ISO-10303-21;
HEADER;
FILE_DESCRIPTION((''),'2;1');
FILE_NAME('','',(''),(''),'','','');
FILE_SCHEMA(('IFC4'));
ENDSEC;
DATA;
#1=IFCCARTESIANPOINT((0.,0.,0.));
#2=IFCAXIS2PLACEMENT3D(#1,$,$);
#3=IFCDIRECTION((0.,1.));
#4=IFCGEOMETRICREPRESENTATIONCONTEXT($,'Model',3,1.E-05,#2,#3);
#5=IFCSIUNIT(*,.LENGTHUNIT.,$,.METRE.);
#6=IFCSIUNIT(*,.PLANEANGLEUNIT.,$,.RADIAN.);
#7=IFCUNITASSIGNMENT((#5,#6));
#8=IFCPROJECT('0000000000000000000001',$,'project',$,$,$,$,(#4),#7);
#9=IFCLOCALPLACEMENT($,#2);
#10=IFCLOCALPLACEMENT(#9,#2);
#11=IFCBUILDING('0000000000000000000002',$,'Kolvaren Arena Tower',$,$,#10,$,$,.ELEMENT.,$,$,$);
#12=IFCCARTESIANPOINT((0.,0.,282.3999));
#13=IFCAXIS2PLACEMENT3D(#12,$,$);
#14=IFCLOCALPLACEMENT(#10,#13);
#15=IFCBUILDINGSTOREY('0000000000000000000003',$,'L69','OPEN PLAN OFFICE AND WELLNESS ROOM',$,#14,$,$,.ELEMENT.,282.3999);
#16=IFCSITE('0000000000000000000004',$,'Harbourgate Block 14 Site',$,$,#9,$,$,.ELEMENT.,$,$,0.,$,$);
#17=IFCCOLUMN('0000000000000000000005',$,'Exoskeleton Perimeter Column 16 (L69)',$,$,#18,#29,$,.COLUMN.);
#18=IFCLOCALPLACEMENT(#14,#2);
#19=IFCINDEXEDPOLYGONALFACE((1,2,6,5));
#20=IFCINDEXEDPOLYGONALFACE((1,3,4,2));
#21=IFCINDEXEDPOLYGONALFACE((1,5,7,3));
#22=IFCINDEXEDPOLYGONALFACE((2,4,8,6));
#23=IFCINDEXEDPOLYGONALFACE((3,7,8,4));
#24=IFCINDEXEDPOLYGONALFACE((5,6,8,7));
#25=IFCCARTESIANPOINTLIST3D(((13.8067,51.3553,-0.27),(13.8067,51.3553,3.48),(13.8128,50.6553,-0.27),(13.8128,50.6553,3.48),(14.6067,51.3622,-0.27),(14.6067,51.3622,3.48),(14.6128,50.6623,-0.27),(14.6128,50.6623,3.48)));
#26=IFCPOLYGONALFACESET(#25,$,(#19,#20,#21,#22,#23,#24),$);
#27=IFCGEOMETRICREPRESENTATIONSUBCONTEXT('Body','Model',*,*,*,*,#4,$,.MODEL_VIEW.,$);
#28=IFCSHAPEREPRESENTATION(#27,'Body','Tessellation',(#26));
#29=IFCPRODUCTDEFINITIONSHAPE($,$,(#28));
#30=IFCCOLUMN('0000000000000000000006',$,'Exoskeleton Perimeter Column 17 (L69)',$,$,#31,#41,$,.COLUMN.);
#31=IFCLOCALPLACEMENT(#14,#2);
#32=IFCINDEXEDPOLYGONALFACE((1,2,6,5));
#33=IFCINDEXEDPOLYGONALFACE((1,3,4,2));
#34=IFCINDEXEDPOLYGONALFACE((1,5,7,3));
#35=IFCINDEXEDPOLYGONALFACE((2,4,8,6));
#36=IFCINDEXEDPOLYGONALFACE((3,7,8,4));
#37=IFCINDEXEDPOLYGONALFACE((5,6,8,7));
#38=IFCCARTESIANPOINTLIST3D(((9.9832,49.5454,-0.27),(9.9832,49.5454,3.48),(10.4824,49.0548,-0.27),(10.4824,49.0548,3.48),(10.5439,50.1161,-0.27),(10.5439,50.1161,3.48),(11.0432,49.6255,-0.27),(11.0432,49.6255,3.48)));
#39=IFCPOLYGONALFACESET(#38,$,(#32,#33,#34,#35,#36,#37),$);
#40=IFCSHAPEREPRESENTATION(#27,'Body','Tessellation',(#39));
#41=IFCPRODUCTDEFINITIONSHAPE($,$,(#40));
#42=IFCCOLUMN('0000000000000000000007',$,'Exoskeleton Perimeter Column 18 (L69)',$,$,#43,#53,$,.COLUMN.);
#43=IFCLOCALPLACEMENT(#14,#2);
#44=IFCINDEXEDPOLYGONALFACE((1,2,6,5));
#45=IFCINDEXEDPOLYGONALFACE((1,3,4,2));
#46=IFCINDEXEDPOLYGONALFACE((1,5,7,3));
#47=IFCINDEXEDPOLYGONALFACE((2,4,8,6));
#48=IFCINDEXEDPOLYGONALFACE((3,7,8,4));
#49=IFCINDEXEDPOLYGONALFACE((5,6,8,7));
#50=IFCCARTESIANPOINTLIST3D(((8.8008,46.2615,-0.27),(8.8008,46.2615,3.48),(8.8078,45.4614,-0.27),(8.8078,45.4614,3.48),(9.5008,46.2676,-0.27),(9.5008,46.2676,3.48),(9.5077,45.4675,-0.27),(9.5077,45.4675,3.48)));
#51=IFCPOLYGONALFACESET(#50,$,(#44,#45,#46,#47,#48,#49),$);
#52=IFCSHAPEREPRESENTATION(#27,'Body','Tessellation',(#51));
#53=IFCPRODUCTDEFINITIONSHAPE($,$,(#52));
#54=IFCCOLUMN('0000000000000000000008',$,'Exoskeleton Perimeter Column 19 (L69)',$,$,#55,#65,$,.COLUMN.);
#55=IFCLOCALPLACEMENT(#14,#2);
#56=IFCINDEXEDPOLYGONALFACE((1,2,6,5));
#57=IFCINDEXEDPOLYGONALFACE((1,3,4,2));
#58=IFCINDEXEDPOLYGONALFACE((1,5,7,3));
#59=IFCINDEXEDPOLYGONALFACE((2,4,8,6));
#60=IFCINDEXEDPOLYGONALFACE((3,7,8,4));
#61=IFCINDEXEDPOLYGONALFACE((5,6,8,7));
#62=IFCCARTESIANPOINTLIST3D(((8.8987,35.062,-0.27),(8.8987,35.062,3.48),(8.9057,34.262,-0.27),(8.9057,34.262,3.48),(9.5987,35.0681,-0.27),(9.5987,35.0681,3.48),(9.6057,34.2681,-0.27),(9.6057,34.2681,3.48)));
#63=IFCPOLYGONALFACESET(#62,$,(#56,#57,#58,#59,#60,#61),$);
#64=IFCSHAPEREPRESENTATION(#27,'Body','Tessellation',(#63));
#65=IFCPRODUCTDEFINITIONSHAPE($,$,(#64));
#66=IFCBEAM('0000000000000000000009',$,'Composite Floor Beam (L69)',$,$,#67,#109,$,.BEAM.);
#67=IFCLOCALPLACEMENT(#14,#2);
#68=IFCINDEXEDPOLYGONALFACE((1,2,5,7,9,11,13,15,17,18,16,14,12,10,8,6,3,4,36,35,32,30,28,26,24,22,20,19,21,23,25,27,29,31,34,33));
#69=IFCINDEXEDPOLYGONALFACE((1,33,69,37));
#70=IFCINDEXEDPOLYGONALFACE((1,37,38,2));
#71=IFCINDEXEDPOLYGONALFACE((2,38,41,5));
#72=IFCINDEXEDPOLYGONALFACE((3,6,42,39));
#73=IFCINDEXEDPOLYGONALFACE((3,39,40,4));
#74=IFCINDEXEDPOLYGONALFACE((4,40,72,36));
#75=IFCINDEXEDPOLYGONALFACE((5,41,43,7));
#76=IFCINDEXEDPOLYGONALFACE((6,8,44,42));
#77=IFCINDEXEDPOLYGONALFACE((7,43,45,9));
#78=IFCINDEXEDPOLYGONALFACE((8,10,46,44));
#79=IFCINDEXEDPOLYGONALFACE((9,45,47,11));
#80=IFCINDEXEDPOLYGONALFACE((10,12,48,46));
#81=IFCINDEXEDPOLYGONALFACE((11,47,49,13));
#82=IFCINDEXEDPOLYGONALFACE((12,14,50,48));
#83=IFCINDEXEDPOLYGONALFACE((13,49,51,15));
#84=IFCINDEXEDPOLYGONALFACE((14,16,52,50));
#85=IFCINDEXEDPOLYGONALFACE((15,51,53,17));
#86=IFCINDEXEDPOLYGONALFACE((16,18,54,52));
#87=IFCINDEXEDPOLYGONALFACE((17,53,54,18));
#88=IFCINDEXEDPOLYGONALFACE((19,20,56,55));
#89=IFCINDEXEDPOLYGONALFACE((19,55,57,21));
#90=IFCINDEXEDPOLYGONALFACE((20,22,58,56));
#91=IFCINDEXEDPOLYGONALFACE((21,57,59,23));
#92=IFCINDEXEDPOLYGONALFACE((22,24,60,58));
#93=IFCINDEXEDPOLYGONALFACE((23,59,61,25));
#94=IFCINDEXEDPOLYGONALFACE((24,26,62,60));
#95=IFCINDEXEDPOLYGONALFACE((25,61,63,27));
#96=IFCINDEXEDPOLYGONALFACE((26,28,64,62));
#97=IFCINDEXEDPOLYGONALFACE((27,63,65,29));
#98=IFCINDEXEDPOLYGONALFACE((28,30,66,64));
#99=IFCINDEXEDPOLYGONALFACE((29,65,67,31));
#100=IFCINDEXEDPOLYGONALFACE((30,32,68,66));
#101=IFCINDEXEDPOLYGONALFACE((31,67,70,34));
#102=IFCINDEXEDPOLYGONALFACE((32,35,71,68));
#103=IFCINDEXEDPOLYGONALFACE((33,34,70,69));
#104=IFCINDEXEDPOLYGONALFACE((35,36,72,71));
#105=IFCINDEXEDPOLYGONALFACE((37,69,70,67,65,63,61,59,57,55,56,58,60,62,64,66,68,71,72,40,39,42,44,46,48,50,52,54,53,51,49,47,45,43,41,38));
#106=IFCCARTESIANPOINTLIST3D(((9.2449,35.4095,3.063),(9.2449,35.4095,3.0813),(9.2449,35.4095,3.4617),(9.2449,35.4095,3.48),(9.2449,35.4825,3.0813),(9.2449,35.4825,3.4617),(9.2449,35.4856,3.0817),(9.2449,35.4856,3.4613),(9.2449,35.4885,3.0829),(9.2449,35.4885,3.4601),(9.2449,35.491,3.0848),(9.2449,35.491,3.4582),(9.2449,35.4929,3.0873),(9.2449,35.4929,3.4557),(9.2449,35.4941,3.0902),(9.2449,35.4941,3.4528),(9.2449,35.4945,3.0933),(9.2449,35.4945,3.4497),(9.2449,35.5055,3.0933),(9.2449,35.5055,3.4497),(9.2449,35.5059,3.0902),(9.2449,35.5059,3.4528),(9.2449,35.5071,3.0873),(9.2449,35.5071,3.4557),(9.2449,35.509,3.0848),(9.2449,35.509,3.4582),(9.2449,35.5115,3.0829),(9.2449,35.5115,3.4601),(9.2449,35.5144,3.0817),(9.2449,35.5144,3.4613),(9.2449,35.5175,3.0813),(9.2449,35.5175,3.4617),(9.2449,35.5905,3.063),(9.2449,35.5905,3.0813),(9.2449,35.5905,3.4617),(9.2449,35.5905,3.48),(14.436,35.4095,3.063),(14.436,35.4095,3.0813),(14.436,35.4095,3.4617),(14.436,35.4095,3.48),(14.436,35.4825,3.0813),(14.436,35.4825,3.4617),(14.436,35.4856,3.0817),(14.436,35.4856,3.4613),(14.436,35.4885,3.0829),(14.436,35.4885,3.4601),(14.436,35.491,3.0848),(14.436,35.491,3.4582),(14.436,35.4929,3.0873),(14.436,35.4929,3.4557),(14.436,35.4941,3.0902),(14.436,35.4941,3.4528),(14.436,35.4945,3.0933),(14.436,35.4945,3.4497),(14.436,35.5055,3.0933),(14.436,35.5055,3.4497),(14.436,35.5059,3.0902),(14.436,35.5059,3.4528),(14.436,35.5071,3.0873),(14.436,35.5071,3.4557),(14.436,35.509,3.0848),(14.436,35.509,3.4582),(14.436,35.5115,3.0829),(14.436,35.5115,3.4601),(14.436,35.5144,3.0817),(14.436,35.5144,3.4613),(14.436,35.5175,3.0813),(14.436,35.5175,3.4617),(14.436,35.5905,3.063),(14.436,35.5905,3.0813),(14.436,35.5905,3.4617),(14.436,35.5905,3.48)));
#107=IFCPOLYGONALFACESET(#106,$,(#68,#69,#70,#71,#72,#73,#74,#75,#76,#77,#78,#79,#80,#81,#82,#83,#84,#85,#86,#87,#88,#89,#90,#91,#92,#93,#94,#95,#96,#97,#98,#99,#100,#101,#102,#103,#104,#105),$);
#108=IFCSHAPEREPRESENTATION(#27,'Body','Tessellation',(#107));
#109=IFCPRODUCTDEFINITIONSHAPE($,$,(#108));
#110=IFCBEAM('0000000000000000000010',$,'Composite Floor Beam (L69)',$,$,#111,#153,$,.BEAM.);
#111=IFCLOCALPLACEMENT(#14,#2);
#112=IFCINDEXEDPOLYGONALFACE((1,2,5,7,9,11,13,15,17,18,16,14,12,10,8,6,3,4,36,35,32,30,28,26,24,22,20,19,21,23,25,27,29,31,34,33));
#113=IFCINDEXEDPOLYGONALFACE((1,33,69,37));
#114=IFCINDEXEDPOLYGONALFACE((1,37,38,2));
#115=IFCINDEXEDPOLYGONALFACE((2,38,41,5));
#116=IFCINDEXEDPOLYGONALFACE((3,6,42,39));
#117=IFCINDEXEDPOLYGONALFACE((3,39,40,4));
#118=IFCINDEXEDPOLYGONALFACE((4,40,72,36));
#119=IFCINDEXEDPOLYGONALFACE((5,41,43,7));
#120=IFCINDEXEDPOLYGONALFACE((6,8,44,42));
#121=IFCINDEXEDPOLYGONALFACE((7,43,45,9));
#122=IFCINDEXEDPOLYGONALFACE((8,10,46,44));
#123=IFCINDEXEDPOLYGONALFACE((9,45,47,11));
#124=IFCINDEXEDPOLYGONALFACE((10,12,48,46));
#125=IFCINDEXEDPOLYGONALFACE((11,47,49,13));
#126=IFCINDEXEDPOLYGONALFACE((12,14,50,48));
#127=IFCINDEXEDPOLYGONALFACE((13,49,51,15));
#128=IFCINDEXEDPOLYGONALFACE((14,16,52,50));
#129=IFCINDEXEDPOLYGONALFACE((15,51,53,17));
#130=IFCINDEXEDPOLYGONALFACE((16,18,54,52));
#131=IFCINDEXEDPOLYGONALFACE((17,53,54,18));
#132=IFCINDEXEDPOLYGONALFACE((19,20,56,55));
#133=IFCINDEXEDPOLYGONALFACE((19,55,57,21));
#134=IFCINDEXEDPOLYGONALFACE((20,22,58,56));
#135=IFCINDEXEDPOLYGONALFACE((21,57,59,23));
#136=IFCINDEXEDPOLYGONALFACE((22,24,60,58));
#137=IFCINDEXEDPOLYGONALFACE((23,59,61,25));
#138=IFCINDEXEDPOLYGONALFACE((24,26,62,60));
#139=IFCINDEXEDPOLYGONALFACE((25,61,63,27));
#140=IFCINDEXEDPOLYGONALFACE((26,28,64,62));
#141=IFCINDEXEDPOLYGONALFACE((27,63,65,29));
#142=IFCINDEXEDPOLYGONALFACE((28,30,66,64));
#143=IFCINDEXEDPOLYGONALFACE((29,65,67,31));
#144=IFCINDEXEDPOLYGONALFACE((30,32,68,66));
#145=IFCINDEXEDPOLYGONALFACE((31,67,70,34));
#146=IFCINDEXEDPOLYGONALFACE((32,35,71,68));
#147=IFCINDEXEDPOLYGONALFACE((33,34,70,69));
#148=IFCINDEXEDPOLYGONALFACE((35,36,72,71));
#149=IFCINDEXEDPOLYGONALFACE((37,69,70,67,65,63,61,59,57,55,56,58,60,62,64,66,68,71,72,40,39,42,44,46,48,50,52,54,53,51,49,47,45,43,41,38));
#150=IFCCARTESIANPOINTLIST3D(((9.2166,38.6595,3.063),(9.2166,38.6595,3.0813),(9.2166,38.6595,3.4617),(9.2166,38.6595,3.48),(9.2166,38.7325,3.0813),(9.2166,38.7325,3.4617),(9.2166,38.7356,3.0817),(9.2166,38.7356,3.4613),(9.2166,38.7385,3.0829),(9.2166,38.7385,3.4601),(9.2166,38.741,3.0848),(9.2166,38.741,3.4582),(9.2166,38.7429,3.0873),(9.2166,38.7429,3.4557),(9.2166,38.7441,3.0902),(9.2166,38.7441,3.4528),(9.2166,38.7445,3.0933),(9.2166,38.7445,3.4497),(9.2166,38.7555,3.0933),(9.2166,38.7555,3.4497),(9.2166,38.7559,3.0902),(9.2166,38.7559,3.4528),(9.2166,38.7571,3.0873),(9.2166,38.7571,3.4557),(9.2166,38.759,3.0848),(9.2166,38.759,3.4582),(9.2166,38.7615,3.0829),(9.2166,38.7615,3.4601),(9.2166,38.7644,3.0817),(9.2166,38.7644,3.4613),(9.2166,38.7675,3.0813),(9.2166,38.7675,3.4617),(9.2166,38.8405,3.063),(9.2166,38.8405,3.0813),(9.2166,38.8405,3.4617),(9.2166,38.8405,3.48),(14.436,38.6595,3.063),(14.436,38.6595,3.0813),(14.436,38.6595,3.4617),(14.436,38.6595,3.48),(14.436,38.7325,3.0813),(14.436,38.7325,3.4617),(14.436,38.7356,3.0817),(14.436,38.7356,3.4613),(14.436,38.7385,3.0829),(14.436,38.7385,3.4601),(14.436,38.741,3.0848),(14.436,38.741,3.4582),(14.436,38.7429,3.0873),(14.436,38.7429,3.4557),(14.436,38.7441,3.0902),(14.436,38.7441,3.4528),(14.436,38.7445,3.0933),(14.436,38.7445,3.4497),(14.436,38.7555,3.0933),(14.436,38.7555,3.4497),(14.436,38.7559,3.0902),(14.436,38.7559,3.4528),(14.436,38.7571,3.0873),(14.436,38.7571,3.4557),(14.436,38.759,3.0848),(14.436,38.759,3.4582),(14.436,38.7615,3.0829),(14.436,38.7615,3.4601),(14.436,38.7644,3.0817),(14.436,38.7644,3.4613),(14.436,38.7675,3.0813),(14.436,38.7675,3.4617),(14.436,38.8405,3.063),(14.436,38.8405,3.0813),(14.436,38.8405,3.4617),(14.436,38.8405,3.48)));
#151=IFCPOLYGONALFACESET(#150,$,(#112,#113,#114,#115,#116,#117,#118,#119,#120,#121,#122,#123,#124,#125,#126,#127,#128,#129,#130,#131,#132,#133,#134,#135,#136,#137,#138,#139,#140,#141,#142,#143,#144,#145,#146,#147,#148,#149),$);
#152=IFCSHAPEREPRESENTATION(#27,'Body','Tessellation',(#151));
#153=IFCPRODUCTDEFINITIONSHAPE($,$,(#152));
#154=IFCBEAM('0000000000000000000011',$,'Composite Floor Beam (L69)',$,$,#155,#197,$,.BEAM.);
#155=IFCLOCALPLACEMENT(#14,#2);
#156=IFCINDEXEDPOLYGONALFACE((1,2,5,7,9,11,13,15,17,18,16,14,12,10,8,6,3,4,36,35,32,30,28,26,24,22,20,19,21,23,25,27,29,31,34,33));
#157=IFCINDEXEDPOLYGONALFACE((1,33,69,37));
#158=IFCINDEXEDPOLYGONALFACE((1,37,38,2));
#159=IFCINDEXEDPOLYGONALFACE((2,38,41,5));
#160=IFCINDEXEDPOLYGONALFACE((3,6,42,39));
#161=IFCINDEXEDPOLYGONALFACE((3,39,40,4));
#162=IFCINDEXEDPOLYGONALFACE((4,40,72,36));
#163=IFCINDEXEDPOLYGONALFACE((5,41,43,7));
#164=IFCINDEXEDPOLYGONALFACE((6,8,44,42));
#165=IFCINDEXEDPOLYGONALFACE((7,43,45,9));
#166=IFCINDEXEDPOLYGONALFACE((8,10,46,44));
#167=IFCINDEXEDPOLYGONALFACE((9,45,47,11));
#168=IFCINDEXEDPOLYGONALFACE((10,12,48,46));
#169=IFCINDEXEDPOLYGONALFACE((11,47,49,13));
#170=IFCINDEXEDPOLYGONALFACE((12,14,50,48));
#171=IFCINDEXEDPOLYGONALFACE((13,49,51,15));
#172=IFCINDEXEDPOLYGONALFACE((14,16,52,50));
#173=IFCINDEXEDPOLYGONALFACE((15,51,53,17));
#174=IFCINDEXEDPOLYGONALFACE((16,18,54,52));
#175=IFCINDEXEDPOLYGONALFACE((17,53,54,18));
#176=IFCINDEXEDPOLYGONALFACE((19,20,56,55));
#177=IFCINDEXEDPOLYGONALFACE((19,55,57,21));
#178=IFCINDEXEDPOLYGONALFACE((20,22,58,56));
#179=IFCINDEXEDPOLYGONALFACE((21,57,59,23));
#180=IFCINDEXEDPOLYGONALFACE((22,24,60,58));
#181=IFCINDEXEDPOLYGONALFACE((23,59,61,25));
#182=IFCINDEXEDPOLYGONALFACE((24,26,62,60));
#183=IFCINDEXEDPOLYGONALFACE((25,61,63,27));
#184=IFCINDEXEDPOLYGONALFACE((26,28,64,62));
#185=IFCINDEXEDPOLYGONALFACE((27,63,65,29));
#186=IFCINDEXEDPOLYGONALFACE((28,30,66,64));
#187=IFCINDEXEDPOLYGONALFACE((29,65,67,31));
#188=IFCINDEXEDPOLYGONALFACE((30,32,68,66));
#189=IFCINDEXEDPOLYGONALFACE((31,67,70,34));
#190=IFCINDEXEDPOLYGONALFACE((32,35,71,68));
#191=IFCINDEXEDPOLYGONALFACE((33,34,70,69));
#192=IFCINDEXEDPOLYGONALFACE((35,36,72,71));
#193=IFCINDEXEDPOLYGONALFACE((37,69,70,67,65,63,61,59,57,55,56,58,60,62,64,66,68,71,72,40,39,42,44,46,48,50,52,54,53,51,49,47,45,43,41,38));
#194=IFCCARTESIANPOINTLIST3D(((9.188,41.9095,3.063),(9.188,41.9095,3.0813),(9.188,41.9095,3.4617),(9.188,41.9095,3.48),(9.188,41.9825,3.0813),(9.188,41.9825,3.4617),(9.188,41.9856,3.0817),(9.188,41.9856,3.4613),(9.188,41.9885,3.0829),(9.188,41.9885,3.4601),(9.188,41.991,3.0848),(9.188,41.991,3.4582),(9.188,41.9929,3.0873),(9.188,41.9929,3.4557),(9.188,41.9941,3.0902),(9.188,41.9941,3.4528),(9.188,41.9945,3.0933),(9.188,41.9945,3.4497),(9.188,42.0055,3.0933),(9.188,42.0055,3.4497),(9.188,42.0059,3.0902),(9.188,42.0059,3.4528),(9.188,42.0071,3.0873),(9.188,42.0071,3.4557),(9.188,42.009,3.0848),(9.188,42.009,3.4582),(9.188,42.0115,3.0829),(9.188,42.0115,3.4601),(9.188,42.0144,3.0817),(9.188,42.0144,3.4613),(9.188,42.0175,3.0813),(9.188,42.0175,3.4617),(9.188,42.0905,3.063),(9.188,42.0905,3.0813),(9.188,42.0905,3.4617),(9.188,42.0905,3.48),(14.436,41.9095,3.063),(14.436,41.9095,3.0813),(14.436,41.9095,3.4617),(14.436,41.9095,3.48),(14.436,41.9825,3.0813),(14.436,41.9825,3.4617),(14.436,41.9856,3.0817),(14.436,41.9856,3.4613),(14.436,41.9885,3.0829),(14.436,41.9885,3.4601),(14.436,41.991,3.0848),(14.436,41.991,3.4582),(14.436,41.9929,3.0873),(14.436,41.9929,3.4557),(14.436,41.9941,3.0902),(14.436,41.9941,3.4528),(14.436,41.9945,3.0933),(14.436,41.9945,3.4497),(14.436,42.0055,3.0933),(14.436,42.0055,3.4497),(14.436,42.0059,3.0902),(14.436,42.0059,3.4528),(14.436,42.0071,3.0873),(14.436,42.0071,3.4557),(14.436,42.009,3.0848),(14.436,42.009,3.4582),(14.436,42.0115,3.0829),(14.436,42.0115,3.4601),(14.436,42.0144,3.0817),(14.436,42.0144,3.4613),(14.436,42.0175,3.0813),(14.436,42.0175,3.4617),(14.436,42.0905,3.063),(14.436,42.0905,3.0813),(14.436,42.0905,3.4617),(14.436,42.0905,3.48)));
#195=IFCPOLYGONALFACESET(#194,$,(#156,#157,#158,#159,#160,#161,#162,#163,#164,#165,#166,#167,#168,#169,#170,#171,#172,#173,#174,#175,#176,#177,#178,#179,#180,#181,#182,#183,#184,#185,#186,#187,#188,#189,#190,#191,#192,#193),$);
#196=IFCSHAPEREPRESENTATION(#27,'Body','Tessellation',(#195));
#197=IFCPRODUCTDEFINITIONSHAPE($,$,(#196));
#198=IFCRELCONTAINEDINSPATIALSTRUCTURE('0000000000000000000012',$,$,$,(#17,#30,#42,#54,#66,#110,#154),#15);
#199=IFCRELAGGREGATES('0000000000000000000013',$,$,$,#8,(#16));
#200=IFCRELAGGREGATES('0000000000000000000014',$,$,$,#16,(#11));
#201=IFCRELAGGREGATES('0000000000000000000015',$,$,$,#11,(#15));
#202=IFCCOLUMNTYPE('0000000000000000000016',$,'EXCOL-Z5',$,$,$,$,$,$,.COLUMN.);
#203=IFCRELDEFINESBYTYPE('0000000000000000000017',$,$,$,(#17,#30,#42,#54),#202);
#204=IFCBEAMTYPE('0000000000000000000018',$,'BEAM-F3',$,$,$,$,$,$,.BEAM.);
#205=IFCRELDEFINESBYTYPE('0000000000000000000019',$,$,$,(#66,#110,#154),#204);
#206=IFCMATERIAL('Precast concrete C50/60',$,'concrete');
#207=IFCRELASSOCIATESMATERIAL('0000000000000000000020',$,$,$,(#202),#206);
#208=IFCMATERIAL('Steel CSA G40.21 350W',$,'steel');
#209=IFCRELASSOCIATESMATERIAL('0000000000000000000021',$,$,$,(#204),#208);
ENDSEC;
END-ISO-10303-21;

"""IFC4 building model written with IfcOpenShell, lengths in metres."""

from ifc_helpers import new_model, si_unit, direction, frame, origin, origin_2d, place, context, subcontext, project, spatial, rectangle, i_section, extrude, material, material_profile, profile_set, type_object, element, save


model = new_model("IFC4")

# Units and contexts
model_context = context("Model", 3, precision=1e-05, world=origin(), true_north=direction((0.0, 1.0)))
body_context = subcontext(model_context, "Body", "Model", "MODEL_VIEW")
ifc_project = project(units=[si_unit("LENGTHUNIT", "METRE"), si_unit("PLANEANGLEUNIT", "RADIAN")], contexts=[model_context])

# Site, building, storey
site_placement = place(None, origin())
site = spatial("IfcSite", under=ifc_project, at=site_placement, Name="Harbourgate Block 14 Site", CompositionType="ELEMENT", RefElevation=0.0)
building_placement = place(site_placement, origin())
building = spatial("IfcBuilding", under=site, at=building_placement, Name="Kolvaren Arena Tower", CompositionType="ELEMENT")
storey_placement = place(building_placement, frame((0.0, 0.0, 282.3999)))
storey = spatial("IfcBuildingStorey", under=building, at=storey_placement, Name="L69", Description="OPEN PLAN OFFICE AND WELLNESS ROOM", CompositionType="ELEMENT", Elevation=282.3999)

# Columns
ifc_material_1 = material(Name="Precast concrete C50/60", Category="concrete")
ifc_material_profile_1 = material_profile(ifc_material_1, rectangle(XDim=0.8, YDim=0.7, at=origin_2d()), Name="RC-800x700")
ifc_profile_set_1 = profile_set([ifc_material_profile_1], Name="Precast concrete C50/60")
column_type = type_object("IfcColumnType", Name="EXCOL-Z5", PredefinedType="COLUMN", material=ifc_profile_set_1)
for number, where, z_axis, x_axis, name in (
    (1, (14.2097, 51.0088, -0.27), (0.0, 0.0, 1.0), (0.999962, 0.008727, 0.0), "Exoskeleton Perimeter Column 16 (L69)"),
    (2, (10.5132, 49.5854, -0.27), (0.0, 0.0, 1.0), (0.700909, 0.71325, 0.0), "Exoskeleton Perimeter Column 17 (L69)"),
    (3, (9.1543, 45.8645, -0.27), (0.0, 0.0, 1.0), (-0.008727, 0.999962, 0.0), "Exoskeleton Perimeter Column 18 (L69)"),
    (4, (9.2522, 34.665, -0.27), (0.0, 0.0, 1.0), (-0.008727, 0.999962, 0.0), "Exoskeleton Perimeter Column 19 (L69)"),
):
    element("IfcColumn", number, at=place(storey_placement, frame(where, z_axis=z_axis, x_axis=x_axis)), inside=storey, type_object=column_type, Name=name, PredefinedType="COLUMN", context=body_context, shape_type="SweptSolid", body=[
        extrude(rectangle(XDim=0.8, YDim=0.7, at=origin_2d()), origin(), (0.0, 0.0, 1.0), 3.75),
    ])

# Beams
ifc_material_2 = material(Name="Steel CSA G40.21 350W", Category="steel")
ifc_material_profile_2 = material_profile(ifc_material_2, i_section(OverallWidth=0.1809, OverallDepth=0.417, WebThickness=0.011, FlangeThickness=0.0183, FilletRadius=0.012, at=origin_2d()), Name="W410x85")
ifc_profile_set_2 = profile_set([ifc_material_profile_2], Name="Steel CSA G40.21 350W")
beam_type_1 = type_object("IfcBeamType", Name="BEAM-F3", PredefinedType="BEAM", material=ifc_profile_set_2)
beam_1_placement = place(storey_placement, frame((9.2449, 35.5, 3.2715), z_axis=(1.0, 0.0, 0.0), x_axis=(0.0, 1.0, 0.0)))
element("IfcBeam", 5, at=beam_1_placement, inside=storey, type_object=beam_type_1, Name="Composite Floor Beam (L69)", PredefinedType="BEAM", context=body_context, shape_type="SweptSolid", body=[
    extrude(i_section(OverallWidth=0.1809, OverallDepth=0.417, WebThickness=0.011, FlangeThickness=0.0183, FilletRadius=0.012, at=origin_2d()), origin(), (0.0, 0.0, 1.0), 5.1912),
])
beam_2_placement = place(storey_placement, frame((9.2166, 38.75, 3.2715), z_axis=(1.0, 0.0, 0.0), x_axis=(0.0, 1.0, 0.0)))
element("IfcBeam", 6, at=beam_2_placement, inside=storey, type_object=beam_type_1, Name="Composite Floor Beam (L69)", PredefinedType="BEAM", context=body_context, shape_type="SweptSolid", body=[
    extrude(i_section(OverallWidth=0.1809, OverallDepth=0.417, WebThickness=0.011, FlangeThickness=0.0183, FilletRadius=0.012, at=origin_2d()), origin(), (0.0, 0.0, 1.0), 5.2195),
])
beam_3_placement = place(storey_placement, frame((9.188, 42.0, 3.2715), z_axis=(1.0, 0.0, 0.0), x_axis=(0.0, 1.0, 0.0)))
element("IfcBeam", 7, at=beam_3_placement, inside=storey, type_object=beam_type_1, Name="Composite Floor Beam (L69)", PredefinedType="BEAM", context=body_context, shape_type="SweptSolid", body=[
    extrude(i_section(OverallWidth=0.1809, OverallDepth=0.417, WebThickness=0.011, FlangeThickness=0.0183, FilletRadius=0.012, at=origin_2d()), origin(), (0.0, 0.0, 1.0), 5.248),
])

save(model, "model.ifc")
